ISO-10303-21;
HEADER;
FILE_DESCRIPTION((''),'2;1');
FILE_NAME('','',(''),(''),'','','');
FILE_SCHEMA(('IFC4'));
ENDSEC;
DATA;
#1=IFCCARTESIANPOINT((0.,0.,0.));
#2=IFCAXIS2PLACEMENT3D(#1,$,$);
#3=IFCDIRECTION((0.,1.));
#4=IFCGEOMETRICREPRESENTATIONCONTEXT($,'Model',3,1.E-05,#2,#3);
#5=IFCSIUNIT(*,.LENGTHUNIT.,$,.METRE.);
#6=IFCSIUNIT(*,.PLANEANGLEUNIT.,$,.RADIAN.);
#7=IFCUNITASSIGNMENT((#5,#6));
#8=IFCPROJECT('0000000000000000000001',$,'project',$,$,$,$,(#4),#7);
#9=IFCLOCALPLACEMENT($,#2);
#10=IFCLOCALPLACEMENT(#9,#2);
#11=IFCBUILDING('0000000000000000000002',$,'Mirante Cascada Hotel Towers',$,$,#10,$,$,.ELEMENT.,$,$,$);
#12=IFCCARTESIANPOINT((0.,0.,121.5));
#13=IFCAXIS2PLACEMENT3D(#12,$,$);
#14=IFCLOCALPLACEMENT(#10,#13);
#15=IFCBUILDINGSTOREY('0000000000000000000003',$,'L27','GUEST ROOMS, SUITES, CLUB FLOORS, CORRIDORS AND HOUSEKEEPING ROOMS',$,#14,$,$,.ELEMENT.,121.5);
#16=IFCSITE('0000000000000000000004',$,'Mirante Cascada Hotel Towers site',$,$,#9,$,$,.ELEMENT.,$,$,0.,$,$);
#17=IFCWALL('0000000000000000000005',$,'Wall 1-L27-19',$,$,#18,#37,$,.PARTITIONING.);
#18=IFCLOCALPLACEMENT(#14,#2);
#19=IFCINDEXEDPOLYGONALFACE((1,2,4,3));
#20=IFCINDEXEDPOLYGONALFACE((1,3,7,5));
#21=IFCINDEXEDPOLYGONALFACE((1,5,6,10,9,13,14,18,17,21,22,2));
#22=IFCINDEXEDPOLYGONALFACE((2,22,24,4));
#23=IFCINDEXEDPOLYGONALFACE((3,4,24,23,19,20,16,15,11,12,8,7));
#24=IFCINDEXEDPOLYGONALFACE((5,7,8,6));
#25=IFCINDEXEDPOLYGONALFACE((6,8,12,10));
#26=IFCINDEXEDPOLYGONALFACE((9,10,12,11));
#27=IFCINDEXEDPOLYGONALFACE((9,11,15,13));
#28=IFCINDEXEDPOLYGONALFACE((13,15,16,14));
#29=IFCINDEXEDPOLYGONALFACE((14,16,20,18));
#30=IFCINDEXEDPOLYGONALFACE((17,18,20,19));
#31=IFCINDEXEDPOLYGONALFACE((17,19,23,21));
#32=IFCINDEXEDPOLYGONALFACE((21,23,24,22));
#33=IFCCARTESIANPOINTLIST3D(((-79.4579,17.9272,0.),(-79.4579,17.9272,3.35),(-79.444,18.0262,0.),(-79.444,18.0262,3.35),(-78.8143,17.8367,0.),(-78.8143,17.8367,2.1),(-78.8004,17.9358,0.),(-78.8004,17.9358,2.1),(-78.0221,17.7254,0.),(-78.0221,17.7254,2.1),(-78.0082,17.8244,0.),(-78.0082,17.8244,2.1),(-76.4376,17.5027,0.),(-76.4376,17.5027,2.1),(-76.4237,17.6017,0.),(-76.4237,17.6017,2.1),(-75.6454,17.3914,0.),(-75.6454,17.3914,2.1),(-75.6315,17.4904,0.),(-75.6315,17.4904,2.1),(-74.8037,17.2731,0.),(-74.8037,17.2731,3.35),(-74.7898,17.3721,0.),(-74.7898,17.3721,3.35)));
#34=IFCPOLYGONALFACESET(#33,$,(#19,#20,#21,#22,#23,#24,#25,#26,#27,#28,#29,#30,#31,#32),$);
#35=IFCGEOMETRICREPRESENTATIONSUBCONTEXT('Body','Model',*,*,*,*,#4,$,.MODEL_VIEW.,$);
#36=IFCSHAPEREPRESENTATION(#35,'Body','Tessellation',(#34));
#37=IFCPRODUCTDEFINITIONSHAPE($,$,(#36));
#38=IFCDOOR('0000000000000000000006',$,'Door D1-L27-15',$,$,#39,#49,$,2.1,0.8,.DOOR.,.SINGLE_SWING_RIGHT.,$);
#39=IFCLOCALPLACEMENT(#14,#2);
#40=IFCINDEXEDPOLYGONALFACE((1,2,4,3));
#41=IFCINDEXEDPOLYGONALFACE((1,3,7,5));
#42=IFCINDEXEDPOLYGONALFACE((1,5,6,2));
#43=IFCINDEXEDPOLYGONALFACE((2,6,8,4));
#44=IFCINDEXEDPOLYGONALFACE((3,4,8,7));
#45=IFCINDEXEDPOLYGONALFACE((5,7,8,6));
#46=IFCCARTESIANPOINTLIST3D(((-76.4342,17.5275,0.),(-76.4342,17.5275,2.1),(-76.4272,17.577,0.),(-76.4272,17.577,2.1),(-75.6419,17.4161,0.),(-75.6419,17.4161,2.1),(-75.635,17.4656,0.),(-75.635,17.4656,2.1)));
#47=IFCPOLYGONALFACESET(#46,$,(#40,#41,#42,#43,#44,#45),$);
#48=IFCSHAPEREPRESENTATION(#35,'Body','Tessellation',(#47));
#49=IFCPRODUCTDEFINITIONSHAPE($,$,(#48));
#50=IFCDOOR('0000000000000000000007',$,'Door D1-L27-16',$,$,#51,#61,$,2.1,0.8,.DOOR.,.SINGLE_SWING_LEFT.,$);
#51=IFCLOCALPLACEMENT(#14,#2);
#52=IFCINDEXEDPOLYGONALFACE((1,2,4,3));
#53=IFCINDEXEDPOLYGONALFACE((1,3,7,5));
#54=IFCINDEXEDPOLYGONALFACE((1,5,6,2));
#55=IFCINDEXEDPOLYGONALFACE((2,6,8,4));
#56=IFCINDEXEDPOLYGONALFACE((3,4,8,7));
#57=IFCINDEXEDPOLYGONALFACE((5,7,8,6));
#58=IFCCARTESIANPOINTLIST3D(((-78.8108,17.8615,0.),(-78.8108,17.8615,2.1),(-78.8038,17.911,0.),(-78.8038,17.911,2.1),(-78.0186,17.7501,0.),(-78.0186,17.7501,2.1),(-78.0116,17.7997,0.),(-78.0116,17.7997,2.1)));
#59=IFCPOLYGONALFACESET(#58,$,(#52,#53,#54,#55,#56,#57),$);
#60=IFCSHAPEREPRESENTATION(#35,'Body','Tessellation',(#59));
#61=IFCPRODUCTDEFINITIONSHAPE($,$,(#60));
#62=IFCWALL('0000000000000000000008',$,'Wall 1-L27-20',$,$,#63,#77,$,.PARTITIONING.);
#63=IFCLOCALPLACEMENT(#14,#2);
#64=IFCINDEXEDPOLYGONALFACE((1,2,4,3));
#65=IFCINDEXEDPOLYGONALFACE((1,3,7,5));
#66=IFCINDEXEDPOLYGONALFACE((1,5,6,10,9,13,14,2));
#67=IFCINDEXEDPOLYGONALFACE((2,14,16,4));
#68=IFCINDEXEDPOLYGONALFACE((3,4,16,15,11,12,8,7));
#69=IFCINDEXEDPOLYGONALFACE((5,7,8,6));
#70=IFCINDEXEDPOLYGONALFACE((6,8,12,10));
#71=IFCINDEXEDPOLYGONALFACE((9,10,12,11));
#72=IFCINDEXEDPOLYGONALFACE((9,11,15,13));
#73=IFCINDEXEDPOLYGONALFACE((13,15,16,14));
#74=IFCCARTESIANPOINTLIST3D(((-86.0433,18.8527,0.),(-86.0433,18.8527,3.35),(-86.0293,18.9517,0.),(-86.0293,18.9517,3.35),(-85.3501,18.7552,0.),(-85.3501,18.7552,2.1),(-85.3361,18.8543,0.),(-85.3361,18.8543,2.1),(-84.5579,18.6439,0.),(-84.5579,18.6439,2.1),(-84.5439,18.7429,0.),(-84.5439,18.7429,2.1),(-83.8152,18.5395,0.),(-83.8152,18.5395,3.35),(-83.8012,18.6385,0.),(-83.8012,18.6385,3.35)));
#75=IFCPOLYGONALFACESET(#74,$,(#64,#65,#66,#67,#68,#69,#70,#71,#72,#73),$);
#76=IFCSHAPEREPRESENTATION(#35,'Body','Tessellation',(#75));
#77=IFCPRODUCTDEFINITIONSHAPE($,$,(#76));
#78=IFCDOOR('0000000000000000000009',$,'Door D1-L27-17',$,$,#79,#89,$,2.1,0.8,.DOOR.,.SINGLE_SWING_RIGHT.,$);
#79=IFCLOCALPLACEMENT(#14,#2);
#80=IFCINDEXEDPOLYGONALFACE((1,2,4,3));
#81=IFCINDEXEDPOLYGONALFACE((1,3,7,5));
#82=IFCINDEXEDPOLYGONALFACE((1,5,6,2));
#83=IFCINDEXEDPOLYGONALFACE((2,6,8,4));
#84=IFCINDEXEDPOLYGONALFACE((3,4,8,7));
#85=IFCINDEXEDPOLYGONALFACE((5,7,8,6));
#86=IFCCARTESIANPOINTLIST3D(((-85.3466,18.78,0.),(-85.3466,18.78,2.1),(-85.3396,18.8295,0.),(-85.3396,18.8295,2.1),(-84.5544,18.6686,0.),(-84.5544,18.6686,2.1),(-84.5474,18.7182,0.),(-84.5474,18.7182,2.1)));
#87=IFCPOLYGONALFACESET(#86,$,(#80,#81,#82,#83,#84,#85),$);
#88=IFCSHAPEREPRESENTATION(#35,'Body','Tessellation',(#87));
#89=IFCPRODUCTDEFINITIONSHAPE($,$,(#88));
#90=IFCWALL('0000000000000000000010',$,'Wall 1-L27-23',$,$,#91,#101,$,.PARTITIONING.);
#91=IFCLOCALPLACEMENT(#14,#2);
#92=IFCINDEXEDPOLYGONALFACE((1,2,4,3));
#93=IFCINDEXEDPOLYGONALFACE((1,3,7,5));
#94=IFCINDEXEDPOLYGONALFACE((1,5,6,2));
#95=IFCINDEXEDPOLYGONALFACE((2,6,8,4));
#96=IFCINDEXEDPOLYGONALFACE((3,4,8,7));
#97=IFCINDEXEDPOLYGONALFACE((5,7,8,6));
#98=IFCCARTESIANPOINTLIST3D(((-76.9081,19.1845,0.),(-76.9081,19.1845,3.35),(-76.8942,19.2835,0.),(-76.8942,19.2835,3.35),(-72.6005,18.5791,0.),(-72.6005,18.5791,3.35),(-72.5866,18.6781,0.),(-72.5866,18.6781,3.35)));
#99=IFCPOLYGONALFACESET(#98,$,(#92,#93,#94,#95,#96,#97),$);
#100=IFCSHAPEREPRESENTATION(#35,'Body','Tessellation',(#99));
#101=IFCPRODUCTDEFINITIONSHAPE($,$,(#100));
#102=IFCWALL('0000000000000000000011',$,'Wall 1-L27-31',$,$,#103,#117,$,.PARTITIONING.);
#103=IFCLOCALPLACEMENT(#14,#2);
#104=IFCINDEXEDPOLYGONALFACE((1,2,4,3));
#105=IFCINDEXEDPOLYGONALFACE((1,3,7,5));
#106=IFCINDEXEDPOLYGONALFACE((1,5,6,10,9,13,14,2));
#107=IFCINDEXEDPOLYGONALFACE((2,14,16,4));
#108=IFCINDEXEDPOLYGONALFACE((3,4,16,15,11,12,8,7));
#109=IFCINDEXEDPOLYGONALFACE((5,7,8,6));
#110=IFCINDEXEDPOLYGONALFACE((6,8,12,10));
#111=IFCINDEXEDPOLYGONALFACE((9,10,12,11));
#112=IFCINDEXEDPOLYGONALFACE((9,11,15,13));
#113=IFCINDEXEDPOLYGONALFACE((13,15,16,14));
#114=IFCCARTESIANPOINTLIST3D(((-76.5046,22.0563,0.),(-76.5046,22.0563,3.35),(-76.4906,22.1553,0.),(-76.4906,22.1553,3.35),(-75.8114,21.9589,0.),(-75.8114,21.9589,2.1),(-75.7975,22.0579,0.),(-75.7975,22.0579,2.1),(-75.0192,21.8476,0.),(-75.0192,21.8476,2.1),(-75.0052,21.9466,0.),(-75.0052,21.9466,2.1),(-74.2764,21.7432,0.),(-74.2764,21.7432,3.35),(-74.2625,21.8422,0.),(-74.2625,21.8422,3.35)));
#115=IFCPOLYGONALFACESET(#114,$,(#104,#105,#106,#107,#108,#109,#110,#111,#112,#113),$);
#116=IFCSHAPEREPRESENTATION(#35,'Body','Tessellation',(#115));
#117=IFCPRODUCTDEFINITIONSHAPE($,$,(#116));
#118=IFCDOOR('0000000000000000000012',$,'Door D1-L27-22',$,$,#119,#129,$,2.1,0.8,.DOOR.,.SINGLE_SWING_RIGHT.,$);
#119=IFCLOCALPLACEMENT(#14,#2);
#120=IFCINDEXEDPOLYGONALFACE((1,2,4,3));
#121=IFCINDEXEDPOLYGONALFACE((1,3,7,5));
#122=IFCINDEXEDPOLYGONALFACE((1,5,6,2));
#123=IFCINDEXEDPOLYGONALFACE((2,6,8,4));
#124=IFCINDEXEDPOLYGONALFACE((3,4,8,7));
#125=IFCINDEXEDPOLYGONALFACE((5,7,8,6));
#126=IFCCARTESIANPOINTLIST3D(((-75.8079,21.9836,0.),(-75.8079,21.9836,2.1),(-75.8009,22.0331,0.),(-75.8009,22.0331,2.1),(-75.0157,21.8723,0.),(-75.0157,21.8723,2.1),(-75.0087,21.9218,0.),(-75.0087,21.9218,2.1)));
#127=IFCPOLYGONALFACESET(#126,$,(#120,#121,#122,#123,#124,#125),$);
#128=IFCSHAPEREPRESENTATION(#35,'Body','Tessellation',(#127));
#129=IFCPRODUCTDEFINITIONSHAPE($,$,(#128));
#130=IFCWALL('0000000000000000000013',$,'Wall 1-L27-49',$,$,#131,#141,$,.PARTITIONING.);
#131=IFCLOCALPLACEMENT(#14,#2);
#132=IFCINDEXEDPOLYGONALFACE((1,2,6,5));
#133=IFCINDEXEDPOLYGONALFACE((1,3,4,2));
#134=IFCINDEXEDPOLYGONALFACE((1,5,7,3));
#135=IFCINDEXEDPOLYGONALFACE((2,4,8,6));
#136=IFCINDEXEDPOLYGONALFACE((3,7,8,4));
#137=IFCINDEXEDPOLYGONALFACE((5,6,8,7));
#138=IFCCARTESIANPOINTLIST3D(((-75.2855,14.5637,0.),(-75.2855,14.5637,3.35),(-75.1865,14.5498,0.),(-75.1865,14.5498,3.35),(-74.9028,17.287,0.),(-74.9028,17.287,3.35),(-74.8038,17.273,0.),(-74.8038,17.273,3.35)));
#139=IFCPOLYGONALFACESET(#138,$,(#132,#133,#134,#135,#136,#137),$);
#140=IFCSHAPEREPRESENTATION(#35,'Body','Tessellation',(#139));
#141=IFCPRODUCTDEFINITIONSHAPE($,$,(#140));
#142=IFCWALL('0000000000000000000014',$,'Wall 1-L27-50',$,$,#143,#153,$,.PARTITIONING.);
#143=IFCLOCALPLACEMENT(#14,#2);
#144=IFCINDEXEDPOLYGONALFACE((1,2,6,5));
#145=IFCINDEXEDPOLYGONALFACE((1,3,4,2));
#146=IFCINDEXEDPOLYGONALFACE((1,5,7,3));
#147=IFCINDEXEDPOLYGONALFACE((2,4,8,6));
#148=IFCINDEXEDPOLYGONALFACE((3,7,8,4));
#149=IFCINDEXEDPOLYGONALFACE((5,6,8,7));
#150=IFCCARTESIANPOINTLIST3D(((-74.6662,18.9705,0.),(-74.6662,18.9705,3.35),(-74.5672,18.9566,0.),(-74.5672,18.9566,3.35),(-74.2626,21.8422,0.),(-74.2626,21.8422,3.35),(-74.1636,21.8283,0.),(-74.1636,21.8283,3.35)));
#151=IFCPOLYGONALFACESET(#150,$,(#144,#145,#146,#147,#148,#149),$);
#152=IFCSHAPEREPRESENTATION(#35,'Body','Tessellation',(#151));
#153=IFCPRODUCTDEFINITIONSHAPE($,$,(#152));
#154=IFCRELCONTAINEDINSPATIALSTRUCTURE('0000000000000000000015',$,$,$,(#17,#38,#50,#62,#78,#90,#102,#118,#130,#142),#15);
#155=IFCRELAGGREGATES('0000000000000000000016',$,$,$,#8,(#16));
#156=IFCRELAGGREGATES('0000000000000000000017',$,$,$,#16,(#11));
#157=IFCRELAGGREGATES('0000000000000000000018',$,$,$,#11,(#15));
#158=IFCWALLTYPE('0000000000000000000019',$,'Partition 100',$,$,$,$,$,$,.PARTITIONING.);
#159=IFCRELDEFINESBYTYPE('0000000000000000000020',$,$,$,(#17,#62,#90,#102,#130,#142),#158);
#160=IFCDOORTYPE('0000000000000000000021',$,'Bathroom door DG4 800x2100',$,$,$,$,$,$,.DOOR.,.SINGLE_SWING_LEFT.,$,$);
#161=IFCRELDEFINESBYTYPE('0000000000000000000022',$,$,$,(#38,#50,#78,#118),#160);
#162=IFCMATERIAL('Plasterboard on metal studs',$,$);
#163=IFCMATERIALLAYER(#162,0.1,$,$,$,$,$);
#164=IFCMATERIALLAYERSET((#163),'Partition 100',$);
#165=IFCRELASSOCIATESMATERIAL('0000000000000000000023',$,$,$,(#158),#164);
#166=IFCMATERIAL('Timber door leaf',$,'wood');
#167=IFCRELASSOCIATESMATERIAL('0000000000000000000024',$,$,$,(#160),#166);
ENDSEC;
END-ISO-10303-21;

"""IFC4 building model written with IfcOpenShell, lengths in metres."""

from ifc_helpers import new_model, si_unit, direction, frame, frame_2d, origin, place, context, subcontext, project, spatial, rectangle, extrude, material, layer, layer_set, type_object, element, fill, save


model = new_model("IFC4")

# Units and contexts
model_context = context("Model", 3, precision=1e-05, world=origin(), true_north=direction((0.0, 1.0)))
body_context = subcontext(model_context, "Body", "Model", "MODEL_VIEW")
ifc_project = project(units=[si_unit("LENGTHUNIT", "METRE"), si_unit("PLANEANGLEUNIT", "RADIAN")], contexts=[model_context])

# Site, building, storey
site_placement = place(None, origin())
site = spatial("IfcSite", under=ifc_project, at=site_placement, Name="Mirante Cascada Hotel Towers site", CompositionType="ELEMENT", RefElevation=0.0)
building_placement = place(site_placement, origin())
building = spatial("IfcBuilding", under=site, at=building_placement, Name="Mirante Cascada Hotel Towers", CompositionType="ELEMENT")
storey_placement = place(building_placement, frame((0.0, 0.0, 121.5)))
storey = spatial("IfcBuildingStorey", under=building, at=storey_placement, Name="L27", Description="GUEST ROOMS, SUITES, CLUB FLOORS, CORRIDORS AND HOUSEKEEPING ROOMS", CompositionType="ELEMENT", Elevation=121.5)

# Wall, openings, doors
ifc_material_1 = material(Name="Plasterboard on metal studs")
ifc_layer_1 = layer(ifc_material_1, 0.1)
ifc_layer_set_1 = layer_set([ifc_layer_1], Name="Partition 100")
wall_type_1 = type_object("IfcWallType", Name="Partition 100", PredefinedType="PARTITIONING", material=ifc_layer_set_1)
wall_1_placement = place(storey_placement, frame((-79.451, 17.9767, 0.0), z_axis=(0.0, 0.0, 1.0), x_axis=(0.990268, -0.139172, 0.0)))
wall_1 = element("IfcWall", 1, at=wall_1_placement, inside=storey, type_object=wall_type_1, Name="Wall 1-L27-19", PredefinedType="PARTITIONING", context=body_context, shape_type="SweptSolid", body=[
    extrude(rectangle(XDim=4.6999, YDim=0.1, at=frame_2d((2.35, 0.0))), origin(), (0.0, 0.0, 1.0), 3.35),
])
opening_1_placement = place(wall_1_placement, frame((3.05, 0.0, 0.0)))
opening_1 = element("IfcOpeningElement", 2, at=opening_1_placement, cuts=wall_1, PredefinedType="OPENING", context=body_context, shape_type="SweptSolid", body=[
    extrude(rectangle(XDim=0.8, YDim=2.1, at=frame_2d((0.4, 1.05))), frame((0.0, 0.05, 0.0), z_axis=(0.0, -1.0, 0.0), x_axis=(1.0, 0.0, 0.0)), (0.0, 0.0, 1.0), 0.1),
])
opening_2_placement = place(wall_1_placement, frame((0.65, 0.0, 0.0)))
opening_2 = element("IfcOpeningElement", 3, at=opening_2_placement, cuts=wall_1, PredefinedType="OPENING", context=body_context, shape_type="SweptSolid", body=[
    extrude(rectangle(XDim=0.8, YDim=2.1, at=frame_2d((0.4, 1.05))), frame((0.0, 0.05, 0.0), z_axis=(0.0, -1.0, 0.0), x_axis=(1.0, 0.0, 0.0)), (0.0, 0.0, 1.0), 0.1),
])
ifc_material_2 = material(Name="Timber door leaf", Category="wood")
door_type_1 = type_object("IfcDoorType", Name="Bathroom door DG4 800x2100", OperationType="SINGLE_SWING_LEFT", PredefinedType="DOOR", material=ifc_material_2)
door_1_placement = place(opening_1_placement, frame((0.8, 0.0, 0.0), z_axis=(0.0, 0.0, 1.0), x_axis=(-1.0, 0.0, 0.0)))
door_1 = element("IfcDoor", 4, at=door_1_placement, inside=storey, type_object=door_type_1, Name="Door D1-L27-15", OperationType="SINGLE_SWING_RIGHT", OverallHeight=2.1, OverallWidth=0.8, PredefinedType="DOOR", context=body_context, shape_type="SweptSolid", body=[
    extrude(rectangle(XDim=0.8, YDim=2.1, at=frame_2d((0.4, 1.05))), frame((0.0, 0.025, 0.0), z_axis=(0.0, -1.0, 0.0), x_axis=(1.0, 0.0, 0.0)), (0.0, 0.0, 1.0), 0.05),
])
fill(opening_1, door_1)
door_2_placement = place(opening_2_placement, origin())
door_2 = element("IfcDoor", 5, at=door_2_placement, inside=storey, type_object=door_type_1, Name="Door D1-L27-16", OperationType="SINGLE_SWING_LEFT", OverallHeight=2.1, OverallWidth=0.8, PredefinedType="DOOR", context=body_context, shape_type="SweptSolid", body=[
    extrude(rectangle(XDim=0.8, YDim=2.1, at=frame_2d((0.4, 1.05))), frame((0.0, 0.025, 0.0), z_axis=(0.0, -1.0, 0.0), x_axis=(1.0, 0.0, 0.0)), (0.0, 0.0, 1.0), 0.05),
])
fill(opening_2, door_2)

# Wall, opening, door
wall_2_placement = place(storey_placement, frame((-83.8082, 18.589, 0.0), z_axis=(0.0, 0.0, 1.0), x_axis=(-0.990264, 0.1392, 0.0)))
wall_2 = element("IfcWall", 6, at=wall_2_placement, inside=storey, type_object=wall_type_1, Name="Wall 1-L27-20", PredefinedType="PARTITIONING", context=body_context, shape_type="SweptSolid", body=[
    extrude(rectangle(XDim=2.25, YDim=0.1, at=frame_2d((1.125, 0.0))), origin(), (0.0, 0.0, 1.0), 3.35),
])
opening_3_placement = place(wall_2_placement, frame((0.75, 0.0, 0.0)))
opening_3 = element("IfcOpeningElement", 7, at=opening_3_placement, cuts=wall_2, PredefinedType="OPENING", context=body_context, shape_type="SweptSolid", body=[
    extrude(rectangle(XDim=0.8, YDim=2.1, at=frame_2d((0.4, 1.05))), frame((0.0, 0.05, 0.0), z_axis=(0.0, -1.0, 0.0), x_axis=(1.0, 0.0, 0.0)), (0.0, 0.0, 1.0), 0.1),
])
door_3_placement = place(opening_3_placement, frame((0.8, 0.0, 0.0), z_axis=(0.0, 0.0, 1.0), x_axis=(-1.0, 0.0, 0.0)))
door_3 = element("IfcDoor", 8, at=door_3_placement, inside=storey, type_object=door_type_1, Name="Door D1-L27-17", OperationType="SINGLE_SWING_RIGHT", OverallHeight=2.1, OverallWidth=0.8, PredefinedType="DOOR", context=body_context, shape_type="SweptSolid", body=[
    extrude(rectangle(XDim=0.8, YDim=2.1, at=frame_2d((0.4, 1.05))), frame((0.0, 0.025, 0.0), z_axis=(0.0, -1.0, 0.0), x_axis=(1.0, 0.0, 0.0)), (0.0, 0.0, 1.0), 0.05),
])
fill(opening_3, door_3)

# Wall
wall_3_placement = place(storey_placement, frame((-76.9012, 19.234, 0.0), z_axis=(0.0, 0.0, 1.0), x_axis=(0.990268, -0.139175, 0.0)))
element("IfcWall", 9, at=wall_3_placement, inside=storey, type_object=wall_type_1, Name="Wall 1-L27-23", PredefinedType="PARTITIONING", context=body_context, shape_type="SweptSolid", body=[
    extrude(rectangle(XDim=4.3499, YDim=0.1, at=frame_2d((2.175, 0.0))), origin(), (0.0, 0.0, 1.0), 3.35),
])

# Wall, opening, door
wall_4_placement = place(storey_placement, frame((-76.4976, 22.1058, 0.0), z_axis=(0.0, 0.0, 1.0), x_axis=(0.990271, -0.139156, 0.0)))
wall_4 = element("IfcWall", 10, at=wall_4_placement, inside=storey, type_object=wall_type_1, Name="Wall 1-L27-31", PredefinedType="PARTITIONING", context=body_context, shape_type="SweptSolid", body=[
    extrude(rectangle(XDim=2.25, YDim=0.1, at=frame_2d((1.125, 0.0))), origin(), (0.0, 0.0, 1.0), 3.35),
])
opening_4_placement = place(wall_4_placement, frame((0.7, 0.0, 0.0)))
opening_4 = element("IfcOpeningElement", 11, at=opening_4_placement, cuts=wall_4, PredefinedType="OPENING", context=body_context, shape_type="SweptSolid", body=[
    extrude(rectangle(XDim=0.8, YDim=2.1, at=frame_2d((0.4, 1.05))), frame((0.0, 0.05, 0.0), z_axis=(0.0, -1.0, 0.0), x_axis=(1.0, 0.0, 0.0)), (0.0, 0.0, 1.0), 0.1),
])
door_4_placement = place(opening_4_placement, frame((0.8, 0.0, 0.0), z_axis=(0.0, 0.0, 1.0), x_axis=(-1.0, 0.0, 0.0)))
door_4 = element("IfcDoor", 12, at=door_4_placement, inside=storey, type_object=door_type_1, Name="Door D1-L27-22", OperationType="SINGLE_SWING_RIGHT", OverallHeight=2.1, OverallWidth=0.8, PredefinedType="DOOR", context=body_context, shape_type="SweptSolid", body=[
    extrude(rectangle(XDim=0.8, YDim=2.1, at=frame_2d((0.4, 1.05))), frame((0.0, 0.025, 0.0), z_axis=(0.0, -1.0, 0.0), x_axis=(1.0, 0.0, 0.0)), (0.0, 0.0, 1.0), 0.05),
])
fill(opening_4, door_4)

# Walls
wall_5_placement = place(storey_placement, frame((-74.8533, 17.28, 0.0), z_axis=(0.0, 0.0, 1.0), x_axis=(-0.139166, -0.990269, 0.0)))
element("IfcWall", 13, at=wall_5_placement, inside=storey, type_object=wall_type_1, Name="Wall 1-L27-49", PredefinedType="PARTITIONING", context=body_context, shape_type="SweptSolid", body=[
    extrude(rectangle(XDim=2.75, YDim=0.1, at=frame_2d((1.375, 0.0))), origin(), (0.0, 0.0, 1.0), 3.35),
])
wall_6_placement = place(storey_placement, frame((-74.6167, 18.9635, 0.0), z_axis=(0.0, 0.0, 1.0), x_axis=(0.139176, 0.990268, 0.0)))
element("IfcWall", 14, at=wall_6_placement, inside=storey, type_object=wall_type_1, Name="Wall 1-L27-50", PredefinedType="PARTITIONING", context=body_context, shape_type="SweptSolid", body=[
    extrude(rectangle(XDim=2.8999, YDim=0.1, at=frame_2d((1.45, 0.0))), origin(), (0.0, 0.0, 1.0), 3.35),
])

save(model, "model.ifc")
